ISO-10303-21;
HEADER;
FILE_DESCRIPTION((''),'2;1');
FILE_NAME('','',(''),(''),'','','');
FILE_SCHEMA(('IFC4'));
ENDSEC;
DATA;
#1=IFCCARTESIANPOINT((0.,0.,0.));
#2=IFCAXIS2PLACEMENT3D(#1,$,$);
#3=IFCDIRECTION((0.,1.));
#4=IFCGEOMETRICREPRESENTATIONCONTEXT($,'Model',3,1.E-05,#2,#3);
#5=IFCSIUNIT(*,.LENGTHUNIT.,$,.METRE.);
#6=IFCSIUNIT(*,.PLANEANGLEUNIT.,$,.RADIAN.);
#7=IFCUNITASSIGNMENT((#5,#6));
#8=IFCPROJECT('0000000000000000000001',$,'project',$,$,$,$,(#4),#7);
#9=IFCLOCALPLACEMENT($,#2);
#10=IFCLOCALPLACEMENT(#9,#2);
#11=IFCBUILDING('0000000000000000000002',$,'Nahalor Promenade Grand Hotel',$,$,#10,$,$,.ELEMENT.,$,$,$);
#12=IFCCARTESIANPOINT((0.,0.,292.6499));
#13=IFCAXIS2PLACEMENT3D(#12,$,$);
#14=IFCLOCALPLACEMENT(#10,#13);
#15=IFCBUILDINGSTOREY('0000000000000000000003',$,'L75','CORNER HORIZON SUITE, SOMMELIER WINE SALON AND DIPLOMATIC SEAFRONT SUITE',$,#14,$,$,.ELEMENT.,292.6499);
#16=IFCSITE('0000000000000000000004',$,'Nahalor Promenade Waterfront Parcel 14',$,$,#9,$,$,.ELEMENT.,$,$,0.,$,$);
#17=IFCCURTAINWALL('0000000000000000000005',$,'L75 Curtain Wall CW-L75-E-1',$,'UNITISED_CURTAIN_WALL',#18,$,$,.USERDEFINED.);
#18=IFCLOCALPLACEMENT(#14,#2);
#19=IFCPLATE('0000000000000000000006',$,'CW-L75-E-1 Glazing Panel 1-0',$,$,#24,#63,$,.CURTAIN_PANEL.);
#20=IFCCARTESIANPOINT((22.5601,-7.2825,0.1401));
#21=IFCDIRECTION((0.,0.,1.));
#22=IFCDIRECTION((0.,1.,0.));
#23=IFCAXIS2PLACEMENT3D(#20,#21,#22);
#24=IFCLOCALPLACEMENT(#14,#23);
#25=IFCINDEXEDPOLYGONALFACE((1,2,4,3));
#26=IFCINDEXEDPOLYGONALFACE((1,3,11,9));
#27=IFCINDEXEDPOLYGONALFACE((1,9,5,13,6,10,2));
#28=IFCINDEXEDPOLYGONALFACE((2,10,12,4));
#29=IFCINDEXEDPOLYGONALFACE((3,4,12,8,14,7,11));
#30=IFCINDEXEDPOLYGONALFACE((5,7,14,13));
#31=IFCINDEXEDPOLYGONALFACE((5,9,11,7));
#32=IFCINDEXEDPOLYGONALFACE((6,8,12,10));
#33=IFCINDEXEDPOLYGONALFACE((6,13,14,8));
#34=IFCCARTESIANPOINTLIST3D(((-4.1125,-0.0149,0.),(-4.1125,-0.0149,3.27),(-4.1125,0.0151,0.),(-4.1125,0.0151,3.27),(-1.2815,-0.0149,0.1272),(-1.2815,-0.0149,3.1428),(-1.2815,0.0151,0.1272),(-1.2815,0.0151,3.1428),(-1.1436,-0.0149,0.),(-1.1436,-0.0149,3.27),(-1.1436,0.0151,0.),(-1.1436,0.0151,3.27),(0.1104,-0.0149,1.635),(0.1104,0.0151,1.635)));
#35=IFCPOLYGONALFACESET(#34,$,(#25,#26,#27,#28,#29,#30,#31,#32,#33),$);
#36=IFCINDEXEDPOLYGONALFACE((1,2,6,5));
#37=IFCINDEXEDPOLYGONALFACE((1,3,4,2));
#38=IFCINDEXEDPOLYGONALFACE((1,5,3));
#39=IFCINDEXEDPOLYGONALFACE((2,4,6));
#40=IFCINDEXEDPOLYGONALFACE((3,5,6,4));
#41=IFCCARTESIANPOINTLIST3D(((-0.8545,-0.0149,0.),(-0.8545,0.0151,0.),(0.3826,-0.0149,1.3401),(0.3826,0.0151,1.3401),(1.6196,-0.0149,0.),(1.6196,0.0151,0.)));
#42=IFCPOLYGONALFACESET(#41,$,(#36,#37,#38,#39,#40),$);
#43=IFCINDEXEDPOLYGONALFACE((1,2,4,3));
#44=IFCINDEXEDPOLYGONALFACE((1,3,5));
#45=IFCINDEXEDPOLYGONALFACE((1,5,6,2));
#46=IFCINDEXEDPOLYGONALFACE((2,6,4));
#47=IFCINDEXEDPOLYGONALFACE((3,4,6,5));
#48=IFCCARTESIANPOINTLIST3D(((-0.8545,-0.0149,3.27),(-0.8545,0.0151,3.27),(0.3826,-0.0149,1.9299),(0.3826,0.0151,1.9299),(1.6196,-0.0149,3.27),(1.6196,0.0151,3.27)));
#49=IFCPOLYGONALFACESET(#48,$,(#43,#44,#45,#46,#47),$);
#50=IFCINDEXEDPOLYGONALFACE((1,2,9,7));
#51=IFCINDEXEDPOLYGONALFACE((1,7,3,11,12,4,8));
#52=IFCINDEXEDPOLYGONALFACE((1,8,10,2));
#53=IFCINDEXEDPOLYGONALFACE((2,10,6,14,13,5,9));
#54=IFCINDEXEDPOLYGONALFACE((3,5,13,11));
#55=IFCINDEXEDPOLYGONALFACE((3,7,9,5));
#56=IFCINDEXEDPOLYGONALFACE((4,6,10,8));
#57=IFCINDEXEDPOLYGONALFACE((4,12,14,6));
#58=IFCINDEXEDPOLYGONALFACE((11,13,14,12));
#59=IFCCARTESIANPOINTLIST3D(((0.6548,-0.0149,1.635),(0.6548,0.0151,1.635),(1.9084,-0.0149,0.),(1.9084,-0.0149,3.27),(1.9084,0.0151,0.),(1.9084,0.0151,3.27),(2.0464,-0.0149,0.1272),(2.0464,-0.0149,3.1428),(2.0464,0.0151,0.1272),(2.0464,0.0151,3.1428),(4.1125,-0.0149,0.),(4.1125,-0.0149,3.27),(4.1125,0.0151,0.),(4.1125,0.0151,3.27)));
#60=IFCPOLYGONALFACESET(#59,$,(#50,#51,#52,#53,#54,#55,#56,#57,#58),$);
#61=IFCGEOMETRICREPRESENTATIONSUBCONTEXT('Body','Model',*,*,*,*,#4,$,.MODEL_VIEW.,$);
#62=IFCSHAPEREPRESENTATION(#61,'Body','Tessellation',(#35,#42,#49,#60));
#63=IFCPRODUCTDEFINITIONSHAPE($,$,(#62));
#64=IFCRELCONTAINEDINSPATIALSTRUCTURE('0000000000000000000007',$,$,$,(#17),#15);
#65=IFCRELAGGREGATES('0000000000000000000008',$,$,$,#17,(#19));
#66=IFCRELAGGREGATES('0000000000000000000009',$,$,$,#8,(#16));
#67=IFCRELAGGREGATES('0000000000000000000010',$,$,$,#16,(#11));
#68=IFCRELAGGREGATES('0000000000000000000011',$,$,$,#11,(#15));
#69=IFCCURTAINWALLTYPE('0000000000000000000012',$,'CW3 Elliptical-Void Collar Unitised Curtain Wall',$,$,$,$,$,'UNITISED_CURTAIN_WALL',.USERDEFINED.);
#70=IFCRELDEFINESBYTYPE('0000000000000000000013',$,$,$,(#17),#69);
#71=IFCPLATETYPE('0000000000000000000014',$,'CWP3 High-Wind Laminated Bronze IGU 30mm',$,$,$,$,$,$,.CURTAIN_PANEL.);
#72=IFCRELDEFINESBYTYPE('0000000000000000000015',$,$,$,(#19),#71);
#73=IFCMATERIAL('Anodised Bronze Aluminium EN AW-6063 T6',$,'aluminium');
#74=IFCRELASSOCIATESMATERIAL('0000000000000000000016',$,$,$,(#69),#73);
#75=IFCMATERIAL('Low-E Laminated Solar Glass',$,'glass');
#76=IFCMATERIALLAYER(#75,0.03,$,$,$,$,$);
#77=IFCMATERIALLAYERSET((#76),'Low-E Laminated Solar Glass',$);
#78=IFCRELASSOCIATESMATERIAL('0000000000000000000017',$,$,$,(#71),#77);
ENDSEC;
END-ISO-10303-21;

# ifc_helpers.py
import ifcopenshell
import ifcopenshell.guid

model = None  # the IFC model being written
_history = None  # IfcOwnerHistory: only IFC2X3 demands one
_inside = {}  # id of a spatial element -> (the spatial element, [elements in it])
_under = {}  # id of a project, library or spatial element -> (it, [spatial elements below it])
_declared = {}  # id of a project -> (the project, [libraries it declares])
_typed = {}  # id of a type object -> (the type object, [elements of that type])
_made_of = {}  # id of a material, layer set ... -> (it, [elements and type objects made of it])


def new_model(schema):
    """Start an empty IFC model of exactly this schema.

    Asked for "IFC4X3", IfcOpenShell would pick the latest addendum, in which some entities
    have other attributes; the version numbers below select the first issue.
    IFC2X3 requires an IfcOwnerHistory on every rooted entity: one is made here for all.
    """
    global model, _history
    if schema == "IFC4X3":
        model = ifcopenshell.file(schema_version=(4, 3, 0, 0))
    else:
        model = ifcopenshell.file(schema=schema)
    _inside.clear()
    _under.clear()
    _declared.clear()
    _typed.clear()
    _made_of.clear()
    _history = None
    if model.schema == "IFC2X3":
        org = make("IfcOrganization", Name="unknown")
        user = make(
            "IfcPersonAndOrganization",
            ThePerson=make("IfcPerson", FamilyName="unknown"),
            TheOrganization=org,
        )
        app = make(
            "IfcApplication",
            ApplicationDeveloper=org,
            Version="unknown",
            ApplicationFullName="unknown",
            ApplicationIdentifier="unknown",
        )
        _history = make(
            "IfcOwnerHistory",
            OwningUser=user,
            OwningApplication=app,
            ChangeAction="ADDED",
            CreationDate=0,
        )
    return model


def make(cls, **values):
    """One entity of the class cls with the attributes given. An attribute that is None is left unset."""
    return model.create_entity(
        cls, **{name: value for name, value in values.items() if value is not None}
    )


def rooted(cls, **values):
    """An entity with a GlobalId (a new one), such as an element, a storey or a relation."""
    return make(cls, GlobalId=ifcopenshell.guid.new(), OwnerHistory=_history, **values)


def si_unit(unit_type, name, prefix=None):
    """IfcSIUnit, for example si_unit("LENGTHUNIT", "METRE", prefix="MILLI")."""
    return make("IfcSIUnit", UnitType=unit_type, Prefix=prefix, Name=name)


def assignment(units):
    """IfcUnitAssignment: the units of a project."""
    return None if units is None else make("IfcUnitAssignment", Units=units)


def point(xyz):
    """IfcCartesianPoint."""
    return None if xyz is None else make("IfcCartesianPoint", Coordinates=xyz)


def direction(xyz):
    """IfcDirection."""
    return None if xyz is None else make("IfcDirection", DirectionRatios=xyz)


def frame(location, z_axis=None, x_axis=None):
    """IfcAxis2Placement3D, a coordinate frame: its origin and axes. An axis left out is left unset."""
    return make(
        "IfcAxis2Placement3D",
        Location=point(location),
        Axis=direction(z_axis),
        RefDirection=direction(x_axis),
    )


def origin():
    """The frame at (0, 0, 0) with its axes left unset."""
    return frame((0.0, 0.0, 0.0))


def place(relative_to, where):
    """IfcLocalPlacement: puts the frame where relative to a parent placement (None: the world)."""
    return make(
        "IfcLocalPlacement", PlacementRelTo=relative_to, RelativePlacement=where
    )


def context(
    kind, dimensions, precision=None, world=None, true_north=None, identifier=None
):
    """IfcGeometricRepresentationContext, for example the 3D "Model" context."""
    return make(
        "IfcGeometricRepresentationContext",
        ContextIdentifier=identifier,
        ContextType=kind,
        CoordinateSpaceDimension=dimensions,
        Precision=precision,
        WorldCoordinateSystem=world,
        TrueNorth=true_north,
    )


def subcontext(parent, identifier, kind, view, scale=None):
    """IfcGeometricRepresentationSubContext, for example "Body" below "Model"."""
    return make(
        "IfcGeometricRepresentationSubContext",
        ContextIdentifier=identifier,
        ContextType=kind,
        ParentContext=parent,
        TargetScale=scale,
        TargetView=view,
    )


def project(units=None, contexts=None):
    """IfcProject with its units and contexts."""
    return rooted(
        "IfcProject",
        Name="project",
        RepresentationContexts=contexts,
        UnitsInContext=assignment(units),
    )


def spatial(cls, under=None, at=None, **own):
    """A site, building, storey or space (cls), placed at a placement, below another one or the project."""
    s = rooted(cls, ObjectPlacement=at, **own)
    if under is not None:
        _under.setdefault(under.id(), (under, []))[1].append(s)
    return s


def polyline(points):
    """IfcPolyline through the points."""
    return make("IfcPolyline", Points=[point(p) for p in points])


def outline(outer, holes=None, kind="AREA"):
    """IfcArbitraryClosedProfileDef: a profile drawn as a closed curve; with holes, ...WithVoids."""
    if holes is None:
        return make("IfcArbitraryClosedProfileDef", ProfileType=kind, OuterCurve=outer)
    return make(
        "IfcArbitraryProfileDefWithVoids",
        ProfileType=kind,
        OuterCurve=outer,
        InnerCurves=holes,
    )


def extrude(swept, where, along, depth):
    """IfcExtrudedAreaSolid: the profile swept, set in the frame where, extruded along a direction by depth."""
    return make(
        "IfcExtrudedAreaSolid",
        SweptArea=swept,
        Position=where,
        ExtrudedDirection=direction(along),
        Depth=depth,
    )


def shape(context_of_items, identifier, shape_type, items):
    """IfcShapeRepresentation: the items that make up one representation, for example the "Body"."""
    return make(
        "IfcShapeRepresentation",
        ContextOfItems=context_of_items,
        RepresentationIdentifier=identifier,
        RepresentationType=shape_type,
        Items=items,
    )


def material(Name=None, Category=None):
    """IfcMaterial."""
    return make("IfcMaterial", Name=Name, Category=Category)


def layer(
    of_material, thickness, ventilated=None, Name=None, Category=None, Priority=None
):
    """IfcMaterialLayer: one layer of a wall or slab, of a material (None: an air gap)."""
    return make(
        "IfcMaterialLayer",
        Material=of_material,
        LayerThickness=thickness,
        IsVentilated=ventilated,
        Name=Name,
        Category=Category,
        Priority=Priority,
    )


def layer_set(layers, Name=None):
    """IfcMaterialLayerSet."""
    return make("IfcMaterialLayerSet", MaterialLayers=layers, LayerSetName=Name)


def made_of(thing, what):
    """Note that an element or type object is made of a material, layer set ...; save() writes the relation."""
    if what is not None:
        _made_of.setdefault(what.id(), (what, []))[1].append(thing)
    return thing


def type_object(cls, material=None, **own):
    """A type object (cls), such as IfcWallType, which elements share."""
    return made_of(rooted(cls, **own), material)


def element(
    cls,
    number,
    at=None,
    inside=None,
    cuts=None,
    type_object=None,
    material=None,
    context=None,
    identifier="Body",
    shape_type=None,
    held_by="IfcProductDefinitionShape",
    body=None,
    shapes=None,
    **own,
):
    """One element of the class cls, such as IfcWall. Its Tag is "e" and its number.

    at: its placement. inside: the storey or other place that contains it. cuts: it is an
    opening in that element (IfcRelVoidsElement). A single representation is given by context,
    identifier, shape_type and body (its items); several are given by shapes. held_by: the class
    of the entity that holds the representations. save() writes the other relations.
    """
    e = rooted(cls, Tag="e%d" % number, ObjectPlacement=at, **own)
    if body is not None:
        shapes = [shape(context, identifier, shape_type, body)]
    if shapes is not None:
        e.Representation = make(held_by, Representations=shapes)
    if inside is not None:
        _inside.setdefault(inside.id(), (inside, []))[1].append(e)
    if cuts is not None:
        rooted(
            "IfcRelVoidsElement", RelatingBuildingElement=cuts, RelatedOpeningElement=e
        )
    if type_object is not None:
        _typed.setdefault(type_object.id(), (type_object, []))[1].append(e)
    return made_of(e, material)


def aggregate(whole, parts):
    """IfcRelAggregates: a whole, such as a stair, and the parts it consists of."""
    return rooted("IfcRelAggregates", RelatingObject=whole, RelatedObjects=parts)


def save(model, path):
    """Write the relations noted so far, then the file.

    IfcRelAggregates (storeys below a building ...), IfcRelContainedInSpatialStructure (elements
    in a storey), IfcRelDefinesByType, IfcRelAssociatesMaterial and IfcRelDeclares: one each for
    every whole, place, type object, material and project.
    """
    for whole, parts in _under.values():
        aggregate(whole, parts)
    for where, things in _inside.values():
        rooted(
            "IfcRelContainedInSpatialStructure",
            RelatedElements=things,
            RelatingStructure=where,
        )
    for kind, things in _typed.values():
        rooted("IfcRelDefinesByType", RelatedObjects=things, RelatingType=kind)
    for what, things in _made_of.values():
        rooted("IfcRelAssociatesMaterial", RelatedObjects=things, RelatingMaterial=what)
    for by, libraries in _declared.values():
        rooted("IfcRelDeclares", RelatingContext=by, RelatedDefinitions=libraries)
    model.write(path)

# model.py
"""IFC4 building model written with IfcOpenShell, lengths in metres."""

from ifc_helpers import new_model, si_unit, direction, frame, origin, place, context, subcontext, project, spatial, polyline, outline, extrude, material, layer, layer_set, type_object, element, aggregate, save


model = new_model("IFC4")

# Units and contexts
model_context = context("Model", 3, precision=1e-05, world=origin(), true_north=direction((0.0, 1.0)))
body_context = subcontext(model_context, "Body", "Model", "MODEL_VIEW")
ifc_project = project(units=[si_unit("LENGTHUNIT", "METRE"), si_unit("PLANEANGLEUNIT", "RADIAN")], contexts=[model_context])

# Site, building, storey
site_placement = place(None, origin())
site = spatial("IfcSite", under=ifc_project, at=site_placement, Name="Nahalor Promenade Waterfront Parcel 14", CompositionType="ELEMENT", RefElevation=0.0)
building_placement = place(site_placement, origin())
building = spatial("IfcBuilding", under=site, at=building_placement, Name="Nahalor Promenade Grand Hotel", CompositionType="ELEMENT")
storey_placement = place(building_placement, frame((0.0, 0.0, 292.6499)))
storey = spatial("IfcBuildingStorey", under=building, at=storey_placement, Name="L75", Description="CORNER HORIZON SUITE, SOMMELIER WINE SALON AND DIPLOMATIC SEAFRONT SUITE", CompositionType="ELEMENT", Elevation=292.6499)

# Curtain wall
ifc_material_1 = material(Name="Anodised Bronze Aluminium EN AW-6063 T6", Category="aluminium")
curtain_wall_type = type_object("IfcCurtainWallType", Name="CW3 Elliptical-Void Collar Unitised Curtain Wall", ElementType="UNITISED_CURTAIN_WALL", PredefinedType="USERDEFINED", material=ifc_material_1)
curtain_wall_1_placement = place(storey_placement, origin())
curtain_wall_1 = element("IfcCurtainWall", 1, at=curtain_wall_1_placement, inside=storey, type_object=curtain_wall_type, Name="L75 Curtain Wall CW-L75-E-1", ObjectType="UNITISED_CURTAIN_WALL", PredefinedType="USERDEFINED")

# Plate
ifc_material_2 = material(Name="Low-E Laminated Solar Glass", Category="glass")
ifc_layer_1 = layer(ifc_material_2, 0.03)
ifc_layer_set_1 = layer_set([ifc_layer_1], Name="Low-E Laminated Solar Glass")
plate_type_1 = type_object("IfcPlateType", Name="CWP3 High-Wind Laminated Bronze IGU 30mm", PredefinedType="CURTAIN_PANEL", material=ifc_layer_set_1)
plate_1_placement = place(storey_placement, frame((22.5601, -7.2825, 0.1401), z_axis=(0.0, 0.0, 1.0), x_axis=(0.0, 1.0, 0.0)))
plate_1 = element("IfcPlate", 2, at=plate_1_placement, type_object=plate_type_1, Name="CW-L75-E-1 Glazing Panel 1-0", PredefinedType="CURTAIN_PANEL", context=body_context, shape_type="SweptSolid", body=[
    extrude(outline(polyline([(-4.1125, 3.27), (-4.1125, 0.0), (-1.1436, 0.0), (-1.2815, 0.1272), (0.1104, 1.635), (-1.2815, 3.1428), (-1.1436, 3.27), (-4.1125, 3.27)])), frame((0.0, 0.0151, 0.0), z_axis=(0.0, -1.0, 0.0), x_axis=(1.0, 0.0, 0.0)), (0.0, 0.0, 1.0), 0.03),
    extrude(outline(polyline([(0.3826, 1.3401), (-0.8545, 0.0), (1.6196, 0.0), (0.3826, 1.3401)])), frame((0.0, 0.0151, 0.0), z_axis=(0.0, -1.0, 0.0), x_axis=(1.0, 0.0, 0.0)), (0.0, 0.0, 1.0), 0.03),
    extrude(outline(polyline([(0.3826, 1.9299), (1.6196, 3.27), (-0.8545, 3.27), (0.3826, 1.9299)])), frame((0.0, 0.0151, 0.0), z_axis=(0.0, -1.0, 0.0), x_axis=(1.0, 0.0, 0.0)), (0.0, 0.0, 1.0), 0.03),
    extrude(outline(polyline([(4.1125, 0.0), (4.1125, 3.27), (1.9084, 3.27), (2.0464, 3.1428), (0.6548, 1.635), (2.0464, 0.1272), (1.9084, 0.0), (4.1125, 0.0)])), frame((0.0, 0.0151, 0.0), z_axis=(0.0, -1.0, 0.0), x_axis=(1.0, 0.0, 0.0)), (0.0, 0.0, 1.0), 0.03),
])
aggregate(curtain_wall_1, [plate_1])

save(model, "model.ifc")
